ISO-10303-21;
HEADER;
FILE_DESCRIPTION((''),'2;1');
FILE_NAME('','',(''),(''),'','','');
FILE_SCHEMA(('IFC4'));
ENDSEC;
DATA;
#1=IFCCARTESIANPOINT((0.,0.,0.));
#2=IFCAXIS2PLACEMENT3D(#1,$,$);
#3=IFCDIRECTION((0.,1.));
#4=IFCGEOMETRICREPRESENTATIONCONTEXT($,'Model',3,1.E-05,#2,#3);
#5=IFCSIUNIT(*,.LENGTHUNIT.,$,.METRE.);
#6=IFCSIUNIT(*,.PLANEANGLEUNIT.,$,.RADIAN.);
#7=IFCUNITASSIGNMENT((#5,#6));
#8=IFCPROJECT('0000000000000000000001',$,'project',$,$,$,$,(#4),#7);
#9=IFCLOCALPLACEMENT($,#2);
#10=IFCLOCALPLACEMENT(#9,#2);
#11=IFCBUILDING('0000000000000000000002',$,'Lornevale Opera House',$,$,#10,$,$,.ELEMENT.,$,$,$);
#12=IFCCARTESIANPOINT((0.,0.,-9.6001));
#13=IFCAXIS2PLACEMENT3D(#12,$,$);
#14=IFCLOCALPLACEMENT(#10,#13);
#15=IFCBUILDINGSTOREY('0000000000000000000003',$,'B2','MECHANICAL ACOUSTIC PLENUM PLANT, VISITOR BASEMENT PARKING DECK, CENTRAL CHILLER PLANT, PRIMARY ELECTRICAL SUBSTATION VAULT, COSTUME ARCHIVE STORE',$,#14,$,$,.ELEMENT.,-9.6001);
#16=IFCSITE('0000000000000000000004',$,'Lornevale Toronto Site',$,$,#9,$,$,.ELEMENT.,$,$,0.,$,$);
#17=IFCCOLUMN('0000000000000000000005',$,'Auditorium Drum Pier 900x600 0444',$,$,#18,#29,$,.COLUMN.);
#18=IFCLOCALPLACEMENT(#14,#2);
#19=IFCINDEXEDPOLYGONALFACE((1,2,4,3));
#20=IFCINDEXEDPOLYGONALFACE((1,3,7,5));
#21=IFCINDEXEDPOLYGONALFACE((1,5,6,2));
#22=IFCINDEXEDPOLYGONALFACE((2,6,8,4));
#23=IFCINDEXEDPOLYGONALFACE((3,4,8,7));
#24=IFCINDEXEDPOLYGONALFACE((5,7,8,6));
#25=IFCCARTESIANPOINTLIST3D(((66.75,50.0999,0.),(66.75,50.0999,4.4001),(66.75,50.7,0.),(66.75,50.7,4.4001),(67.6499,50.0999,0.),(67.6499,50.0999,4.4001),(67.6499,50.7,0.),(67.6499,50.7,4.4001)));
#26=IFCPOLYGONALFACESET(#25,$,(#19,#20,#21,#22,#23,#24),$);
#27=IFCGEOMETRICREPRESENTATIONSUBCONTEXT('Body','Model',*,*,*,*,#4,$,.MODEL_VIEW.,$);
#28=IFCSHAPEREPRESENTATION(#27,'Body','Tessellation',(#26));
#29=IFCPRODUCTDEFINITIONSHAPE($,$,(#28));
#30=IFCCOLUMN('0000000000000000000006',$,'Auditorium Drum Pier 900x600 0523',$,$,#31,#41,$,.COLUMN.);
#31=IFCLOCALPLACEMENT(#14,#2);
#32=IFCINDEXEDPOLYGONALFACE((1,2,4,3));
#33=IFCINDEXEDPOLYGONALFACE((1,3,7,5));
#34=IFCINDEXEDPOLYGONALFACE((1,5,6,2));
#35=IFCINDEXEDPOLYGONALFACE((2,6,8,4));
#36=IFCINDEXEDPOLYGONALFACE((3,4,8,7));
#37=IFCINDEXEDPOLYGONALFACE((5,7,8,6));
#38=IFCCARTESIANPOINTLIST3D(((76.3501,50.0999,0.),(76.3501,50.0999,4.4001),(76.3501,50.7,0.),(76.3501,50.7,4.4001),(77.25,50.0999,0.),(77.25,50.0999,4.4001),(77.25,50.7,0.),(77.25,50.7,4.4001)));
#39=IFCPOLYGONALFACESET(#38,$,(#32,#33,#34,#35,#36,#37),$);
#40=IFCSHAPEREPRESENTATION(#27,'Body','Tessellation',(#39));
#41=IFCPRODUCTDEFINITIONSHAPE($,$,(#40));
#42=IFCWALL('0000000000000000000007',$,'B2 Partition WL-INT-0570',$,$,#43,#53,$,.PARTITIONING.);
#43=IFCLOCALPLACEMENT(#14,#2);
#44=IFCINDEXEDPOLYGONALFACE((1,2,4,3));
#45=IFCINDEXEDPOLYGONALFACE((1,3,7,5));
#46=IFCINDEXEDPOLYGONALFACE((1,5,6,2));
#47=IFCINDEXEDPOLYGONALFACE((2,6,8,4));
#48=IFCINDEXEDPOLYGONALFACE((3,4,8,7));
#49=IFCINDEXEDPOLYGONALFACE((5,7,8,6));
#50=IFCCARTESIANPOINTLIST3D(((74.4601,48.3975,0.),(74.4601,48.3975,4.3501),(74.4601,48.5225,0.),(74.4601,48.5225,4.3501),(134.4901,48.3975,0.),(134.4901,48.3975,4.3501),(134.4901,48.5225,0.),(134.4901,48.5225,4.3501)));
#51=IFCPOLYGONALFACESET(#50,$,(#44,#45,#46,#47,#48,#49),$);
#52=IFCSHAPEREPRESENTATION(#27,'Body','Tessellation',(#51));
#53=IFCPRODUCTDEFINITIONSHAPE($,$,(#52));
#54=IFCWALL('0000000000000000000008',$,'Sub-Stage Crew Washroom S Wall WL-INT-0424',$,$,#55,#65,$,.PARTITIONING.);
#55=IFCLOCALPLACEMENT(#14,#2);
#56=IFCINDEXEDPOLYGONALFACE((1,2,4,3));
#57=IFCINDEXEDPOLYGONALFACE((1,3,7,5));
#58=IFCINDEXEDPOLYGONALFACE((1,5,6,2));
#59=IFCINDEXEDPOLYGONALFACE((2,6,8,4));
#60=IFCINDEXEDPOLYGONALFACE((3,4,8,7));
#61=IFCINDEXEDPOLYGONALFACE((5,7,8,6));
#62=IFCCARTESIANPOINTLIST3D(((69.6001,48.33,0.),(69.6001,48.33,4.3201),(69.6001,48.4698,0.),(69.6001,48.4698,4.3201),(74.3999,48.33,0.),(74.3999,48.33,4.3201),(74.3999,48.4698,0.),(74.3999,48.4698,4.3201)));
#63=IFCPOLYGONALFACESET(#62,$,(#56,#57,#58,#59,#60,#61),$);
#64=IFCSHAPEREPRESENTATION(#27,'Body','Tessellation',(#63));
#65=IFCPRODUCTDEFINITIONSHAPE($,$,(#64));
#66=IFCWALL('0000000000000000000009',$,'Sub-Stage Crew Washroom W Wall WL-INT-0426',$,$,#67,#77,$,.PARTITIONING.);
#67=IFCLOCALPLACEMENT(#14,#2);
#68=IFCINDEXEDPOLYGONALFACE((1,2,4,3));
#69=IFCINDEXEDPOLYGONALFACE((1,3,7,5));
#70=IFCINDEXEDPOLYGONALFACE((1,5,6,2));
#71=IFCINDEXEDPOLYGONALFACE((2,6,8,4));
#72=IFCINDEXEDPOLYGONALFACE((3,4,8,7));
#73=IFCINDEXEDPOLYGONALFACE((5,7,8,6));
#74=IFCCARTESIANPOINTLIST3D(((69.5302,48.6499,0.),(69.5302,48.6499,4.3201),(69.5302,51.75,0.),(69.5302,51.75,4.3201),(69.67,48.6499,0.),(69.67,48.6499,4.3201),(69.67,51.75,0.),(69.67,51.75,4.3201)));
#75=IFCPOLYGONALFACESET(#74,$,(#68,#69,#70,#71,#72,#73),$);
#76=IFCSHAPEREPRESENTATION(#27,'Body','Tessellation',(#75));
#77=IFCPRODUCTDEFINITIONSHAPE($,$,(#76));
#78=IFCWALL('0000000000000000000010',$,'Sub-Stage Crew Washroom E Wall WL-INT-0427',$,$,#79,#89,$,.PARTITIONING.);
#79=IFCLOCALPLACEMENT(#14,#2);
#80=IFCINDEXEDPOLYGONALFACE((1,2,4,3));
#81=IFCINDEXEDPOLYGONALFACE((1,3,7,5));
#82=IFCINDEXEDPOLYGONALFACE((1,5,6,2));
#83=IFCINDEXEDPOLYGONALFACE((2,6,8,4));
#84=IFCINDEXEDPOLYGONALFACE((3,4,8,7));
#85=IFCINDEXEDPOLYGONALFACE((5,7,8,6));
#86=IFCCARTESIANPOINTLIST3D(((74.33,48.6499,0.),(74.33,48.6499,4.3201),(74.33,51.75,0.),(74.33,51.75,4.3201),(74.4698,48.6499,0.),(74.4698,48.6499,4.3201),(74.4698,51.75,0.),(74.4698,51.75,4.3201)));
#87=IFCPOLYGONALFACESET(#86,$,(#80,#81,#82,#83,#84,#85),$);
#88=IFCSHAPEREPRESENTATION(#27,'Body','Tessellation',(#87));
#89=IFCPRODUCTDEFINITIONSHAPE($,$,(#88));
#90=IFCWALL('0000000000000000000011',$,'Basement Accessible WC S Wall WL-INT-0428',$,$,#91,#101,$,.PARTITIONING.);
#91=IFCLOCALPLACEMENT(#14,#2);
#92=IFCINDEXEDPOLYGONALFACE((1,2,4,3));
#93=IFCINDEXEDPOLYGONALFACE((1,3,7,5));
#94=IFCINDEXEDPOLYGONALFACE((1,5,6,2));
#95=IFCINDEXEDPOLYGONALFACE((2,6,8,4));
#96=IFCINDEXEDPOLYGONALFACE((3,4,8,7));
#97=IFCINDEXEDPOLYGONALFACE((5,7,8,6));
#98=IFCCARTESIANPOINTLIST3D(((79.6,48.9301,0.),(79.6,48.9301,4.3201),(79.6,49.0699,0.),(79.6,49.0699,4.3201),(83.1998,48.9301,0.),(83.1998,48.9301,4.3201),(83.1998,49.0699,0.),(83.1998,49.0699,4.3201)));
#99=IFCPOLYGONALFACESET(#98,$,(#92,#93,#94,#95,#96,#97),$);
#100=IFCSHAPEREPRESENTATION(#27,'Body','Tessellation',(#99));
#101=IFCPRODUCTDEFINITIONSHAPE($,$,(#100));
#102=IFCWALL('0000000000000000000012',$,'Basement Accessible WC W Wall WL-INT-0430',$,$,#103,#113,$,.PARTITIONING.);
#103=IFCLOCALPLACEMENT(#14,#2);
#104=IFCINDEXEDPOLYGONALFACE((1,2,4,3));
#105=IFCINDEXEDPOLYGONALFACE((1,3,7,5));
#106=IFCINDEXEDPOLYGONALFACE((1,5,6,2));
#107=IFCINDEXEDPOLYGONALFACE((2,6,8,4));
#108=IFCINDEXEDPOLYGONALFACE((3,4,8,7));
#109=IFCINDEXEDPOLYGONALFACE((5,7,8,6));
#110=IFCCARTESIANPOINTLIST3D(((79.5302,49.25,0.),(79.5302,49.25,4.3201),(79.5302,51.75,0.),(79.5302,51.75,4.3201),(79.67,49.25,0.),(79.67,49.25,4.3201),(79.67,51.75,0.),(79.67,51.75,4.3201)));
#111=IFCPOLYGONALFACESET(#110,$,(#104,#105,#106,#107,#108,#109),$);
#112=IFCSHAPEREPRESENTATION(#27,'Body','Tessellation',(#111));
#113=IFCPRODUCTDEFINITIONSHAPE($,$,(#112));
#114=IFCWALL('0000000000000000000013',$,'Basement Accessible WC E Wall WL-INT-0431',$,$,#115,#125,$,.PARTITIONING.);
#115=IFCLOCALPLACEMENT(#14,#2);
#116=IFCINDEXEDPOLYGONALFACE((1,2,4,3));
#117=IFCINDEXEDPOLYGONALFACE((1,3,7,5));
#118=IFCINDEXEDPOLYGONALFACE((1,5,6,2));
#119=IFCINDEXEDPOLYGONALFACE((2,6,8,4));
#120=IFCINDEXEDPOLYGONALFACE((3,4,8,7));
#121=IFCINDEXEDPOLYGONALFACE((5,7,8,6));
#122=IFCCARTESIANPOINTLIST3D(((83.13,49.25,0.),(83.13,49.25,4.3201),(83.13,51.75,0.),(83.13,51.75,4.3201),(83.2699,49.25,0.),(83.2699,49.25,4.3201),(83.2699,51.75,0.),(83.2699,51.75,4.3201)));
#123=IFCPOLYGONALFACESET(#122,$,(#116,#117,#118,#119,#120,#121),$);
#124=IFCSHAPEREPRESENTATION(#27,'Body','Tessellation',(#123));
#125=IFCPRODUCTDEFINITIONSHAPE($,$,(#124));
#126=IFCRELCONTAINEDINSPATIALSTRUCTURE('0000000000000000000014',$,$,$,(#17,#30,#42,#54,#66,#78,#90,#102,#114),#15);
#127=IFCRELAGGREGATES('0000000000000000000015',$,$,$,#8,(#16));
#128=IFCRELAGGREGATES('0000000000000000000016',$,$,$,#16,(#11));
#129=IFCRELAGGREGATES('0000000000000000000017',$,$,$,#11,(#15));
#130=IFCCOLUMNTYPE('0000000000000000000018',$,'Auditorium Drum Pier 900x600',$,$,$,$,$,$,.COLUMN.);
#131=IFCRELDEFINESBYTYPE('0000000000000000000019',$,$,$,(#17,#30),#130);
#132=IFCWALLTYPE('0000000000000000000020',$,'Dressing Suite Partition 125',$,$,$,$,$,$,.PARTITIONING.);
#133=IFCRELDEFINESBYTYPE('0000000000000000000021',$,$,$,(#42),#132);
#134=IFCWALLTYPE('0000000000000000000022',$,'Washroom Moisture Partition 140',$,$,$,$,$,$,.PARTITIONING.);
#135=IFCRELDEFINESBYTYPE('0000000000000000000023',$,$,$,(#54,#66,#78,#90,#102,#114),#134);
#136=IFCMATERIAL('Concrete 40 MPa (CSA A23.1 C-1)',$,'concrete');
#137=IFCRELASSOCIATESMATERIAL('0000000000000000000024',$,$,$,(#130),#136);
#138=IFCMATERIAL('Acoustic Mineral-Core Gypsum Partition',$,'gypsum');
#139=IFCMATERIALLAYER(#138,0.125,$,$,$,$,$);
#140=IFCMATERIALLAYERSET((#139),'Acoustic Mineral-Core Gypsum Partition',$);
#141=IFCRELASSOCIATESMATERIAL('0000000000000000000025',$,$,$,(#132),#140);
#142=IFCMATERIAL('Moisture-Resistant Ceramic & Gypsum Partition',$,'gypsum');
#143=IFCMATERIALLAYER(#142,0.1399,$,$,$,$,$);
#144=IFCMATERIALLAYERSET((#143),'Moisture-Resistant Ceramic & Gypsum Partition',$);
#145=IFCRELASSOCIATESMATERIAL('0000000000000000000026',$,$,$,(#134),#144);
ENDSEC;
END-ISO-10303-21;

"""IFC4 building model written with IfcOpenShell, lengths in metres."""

from ifc_helpers import new_model, si_unit, direction, frame, frame_2d, origin, origin_2d, place, context, subcontext, project, spatial, rectangle, extrude, material, layer, layer_set, material_profile, profile_set, type_object, element, save


model = new_model("IFC4")

# Units and contexts
model_context = context("Model", 3, precision=1e-05, world=origin(), true_north=direction((0.0, 1.0)))
body_context = subcontext(model_context, "Body", "Model", "MODEL_VIEW")
ifc_project = project(units=[si_unit("LENGTHUNIT", "METRE"), si_unit("PLANEANGLEUNIT", "RADIAN")], contexts=[model_context])

# Site, building, storey
site_placement = place(None, origin())
site = spatial("IfcSite", under=ifc_project, at=site_placement, Name="Lornevale Toronto Site", CompositionType="ELEMENT", RefElevation=0.0)
building_placement = place(site_placement, origin())
building = spatial("IfcBuilding", under=site, at=building_placement, Name="Lornevale Opera House", CompositionType="ELEMENT")
storey_placement = place(building_placement, frame((0.0, 0.0, -9.6001)))
storey = spatial("IfcBuildingStorey", under=building, at=storey_placement, Name="B2", Description="MECHANICAL ACOUSTIC PLENUM PLANT, VISITOR BASEMENT PARKING DECK, CENTRAL CHILLER PLANT, PRIMARY ELECTRICAL SUBSTATION VAULT, COSTUME ARCHIVE STORE", CompositionType="ELEMENT", Elevation=-9.6001)

# Shared definitions
ifc_material_1 = material(Name="Concrete 40 MPa (CSA A23.1 C-1)", Category="concrete")

# Columns
ifc_material_profile_1 = material_profile(ifc_material_1, rectangle(XDim=0.8999, YDim=0.6001, at=origin_2d()), Name="RC900x600")
ifc_profile_set_1 = profile_set([ifc_material_profile_1], Name="Concrete 40 MPa (CSA A23.1 C-1)")
column_type = type_object("IfcColumnType", Name="Auditorium Drum Pier 900x600", PredefinedType="COLUMN", material=ifc_profile_set_1)
for number, where, z_axis, x_axis, name in (
    (1, (67.2, 50.3999, 0.0), (0.0, 0.0, 1.0), (1.0, 0.0, 0.0), "Auditorium Drum Pier 900x600 0444"),
    (2, (76.8, 50.3999, 0.0), (0.0, 0.0, 1.0), (1.0, 0.0, 0.0), "Auditorium Drum Pier 900x600 0523"),
):
    element("IfcColumn", number, at=place(storey_placement, frame(where, z_axis=z_axis, x_axis=x_axis)), inside=storey, type_object=column_type, Name=name, PredefinedType="COLUMN", context=body_context, shape_type="SweptSolid", body=[
        extrude(rectangle(XDim=0.8999, YDim=0.6001, at=origin_2d()), origin(), (0.0, 0.0, 1.0), 4.4001),
    ])

# Walls
ifc_material_2 = material(Name="Acoustic Mineral-Core Gypsum Partition", Category="gypsum")
ifc_layer_1 = layer(ifc_material_2, 0.125)
ifc_layer_set_1 = layer_set([ifc_layer_1], Name="Acoustic Mineral-Core Gypsum Partition")
wall_type_1 = type_object("IfcWallType", Name="Dressing Suite Partition 125", PredefinedType="PARTITIONING", material=ifc_layer_set_1)
wall_1_placement = place(storey_placement, frame((74.46, 48.46, 0.0), z_axis=(0.0, 0.0, 1.0), x_axis=(1.0, 0.0, 0.0)))
element("IfcWall", 3, at=wall_1_placement, inside=storey, type_object=wall_type_1, Name="B2 Partition WL-INT-0570", PredefinedType="PARTITIONING", context=body_context, shape_type="SweptSolid", body=[
    extrude(rectangle(XDim=60.03, YDim=0.125, at=frame_2d((30.0151, 0.0))), origin(), (0.0, 0.0, 1.0), 4.3501),
])
ifc_material_3 = material(Name="Moisture-Resistant Ceramic & Gypsum Partition", Category="gypsum")
ifc_layer_2 = layer(ifc_material_3, 0.1399)
ifc_layer_set_2 = layer_set([ifc_layer_2], Name="Moisture-Resistant Ceramic & Gypsum Partition")
wall_type_2 = type_object("IfcWallType", Name="Washroom Moisture Partition 140", PredefinedType="PARTITIONING", material=ifc_layer_set_2)
wall_2_placement = place(storey_placement, frame((69.6001, 48.3999, 0.0), z_axis=(0.0, 0.0, 1.0), x_axis=(1.0, 0.0, 0.0)))
element("IfcWall", 4, at=wall_2_placement, inside=storey, type_object=wall_type_2, Name="Sub-Stage Crew Washroom S Wall WL-INT-0424", PredefinedType="PARTITIONING", context=body_context, shape_type="SweptSolid", body=[
    extrude(rectangle(XDim=4.7998, YDim=0.1399, at=frame_2d((2.3999, 0.0))), origin(), (0.0, 0.0, 1.0), 4.3201),
])
for number, where, z_axis, x_axis, name in (
    (5, (69.6001, 48.6499, 0.0), (0.0, 0.0, 1.0), (0.0, 1.0, 0.0), "Sub-Stage Crew Washroom W Wall WL-INT-0426"),
    (6, (74.3999, 48.6499, 0.0), (0.0, 0.0, 1.0), (0.0, 1.0, 0.0), "Sub-Stage Crew Washroom E Wall WL-INT-0427"),
):
    element("IfcWall", number, at=place(storey_placement, frame(where, z_axis=z_axis, x_axis=x_axis)), inside=storey, type_object=wall_type_2, Name=name, PredefinedType="PARTITIONING", context=body_context, shape_type="SweptSolid", body=[
        extrude(rectangle(XDim=3.1001, YDim=0.1399, at=frame_2d((1.55, 0.0))), origin(), (0.0, 0.0, 1.0), 4.3201),
    ])
wall_3_placement = place(storey_placement, frame((79.6001, 49.0, 0.0), z_axis=(0.0, 0.0, 1.0), x_axis=(1.0, 0.0, 0.0)))
element("IfcWall", 7, at=wall_3_placement, inside=storey, type_object=wall_type_2, Name="Basement Accessible WC S Wall WL-INT-0428", PredefinedType="PARTITIONING", context=body_context, shape_type="SweptSolid", body=[
    extrude(rectangle(XDim=3.5999, YDim=0.1399, at=frame_2d((1.7998, 0.0))), origin(), (0.0, 0.0, 1.0), 4.3201),
])
for number, where, z_axis, x_axis, name in (
    (8, (79.6001, 49.25, 0.0), (0.0, 0.0, 1.0), (0.0, 1.0, 0.0), "Basement Accessible WC W Wall WL-INT-0430"),
    (9, (83.2, 49.25, 0.0), (0.0, 0.0, 1.0), (0.0, 1.0, 0.0), "Basement Accessible WC E Wall WL-INT-0431"),
):
    element("IfcWall", number, at=place(storey_placement, frame(where, z_axis=z_axis, x_axis=x_axis)), inside=storey, type_object=wall_type_2, Name=name, PredefinedType="PARTITIONING", context=body_context, shape_type="SweptSolid", body=[
        extrude(rectangle(XDim=2.5, YDim=0.1399, at=frame_2d((1.25, 0.0))), origin(), (0.0, 0.0, 1.0), 4.3201),
    ])

save(model, "model.ifc")
